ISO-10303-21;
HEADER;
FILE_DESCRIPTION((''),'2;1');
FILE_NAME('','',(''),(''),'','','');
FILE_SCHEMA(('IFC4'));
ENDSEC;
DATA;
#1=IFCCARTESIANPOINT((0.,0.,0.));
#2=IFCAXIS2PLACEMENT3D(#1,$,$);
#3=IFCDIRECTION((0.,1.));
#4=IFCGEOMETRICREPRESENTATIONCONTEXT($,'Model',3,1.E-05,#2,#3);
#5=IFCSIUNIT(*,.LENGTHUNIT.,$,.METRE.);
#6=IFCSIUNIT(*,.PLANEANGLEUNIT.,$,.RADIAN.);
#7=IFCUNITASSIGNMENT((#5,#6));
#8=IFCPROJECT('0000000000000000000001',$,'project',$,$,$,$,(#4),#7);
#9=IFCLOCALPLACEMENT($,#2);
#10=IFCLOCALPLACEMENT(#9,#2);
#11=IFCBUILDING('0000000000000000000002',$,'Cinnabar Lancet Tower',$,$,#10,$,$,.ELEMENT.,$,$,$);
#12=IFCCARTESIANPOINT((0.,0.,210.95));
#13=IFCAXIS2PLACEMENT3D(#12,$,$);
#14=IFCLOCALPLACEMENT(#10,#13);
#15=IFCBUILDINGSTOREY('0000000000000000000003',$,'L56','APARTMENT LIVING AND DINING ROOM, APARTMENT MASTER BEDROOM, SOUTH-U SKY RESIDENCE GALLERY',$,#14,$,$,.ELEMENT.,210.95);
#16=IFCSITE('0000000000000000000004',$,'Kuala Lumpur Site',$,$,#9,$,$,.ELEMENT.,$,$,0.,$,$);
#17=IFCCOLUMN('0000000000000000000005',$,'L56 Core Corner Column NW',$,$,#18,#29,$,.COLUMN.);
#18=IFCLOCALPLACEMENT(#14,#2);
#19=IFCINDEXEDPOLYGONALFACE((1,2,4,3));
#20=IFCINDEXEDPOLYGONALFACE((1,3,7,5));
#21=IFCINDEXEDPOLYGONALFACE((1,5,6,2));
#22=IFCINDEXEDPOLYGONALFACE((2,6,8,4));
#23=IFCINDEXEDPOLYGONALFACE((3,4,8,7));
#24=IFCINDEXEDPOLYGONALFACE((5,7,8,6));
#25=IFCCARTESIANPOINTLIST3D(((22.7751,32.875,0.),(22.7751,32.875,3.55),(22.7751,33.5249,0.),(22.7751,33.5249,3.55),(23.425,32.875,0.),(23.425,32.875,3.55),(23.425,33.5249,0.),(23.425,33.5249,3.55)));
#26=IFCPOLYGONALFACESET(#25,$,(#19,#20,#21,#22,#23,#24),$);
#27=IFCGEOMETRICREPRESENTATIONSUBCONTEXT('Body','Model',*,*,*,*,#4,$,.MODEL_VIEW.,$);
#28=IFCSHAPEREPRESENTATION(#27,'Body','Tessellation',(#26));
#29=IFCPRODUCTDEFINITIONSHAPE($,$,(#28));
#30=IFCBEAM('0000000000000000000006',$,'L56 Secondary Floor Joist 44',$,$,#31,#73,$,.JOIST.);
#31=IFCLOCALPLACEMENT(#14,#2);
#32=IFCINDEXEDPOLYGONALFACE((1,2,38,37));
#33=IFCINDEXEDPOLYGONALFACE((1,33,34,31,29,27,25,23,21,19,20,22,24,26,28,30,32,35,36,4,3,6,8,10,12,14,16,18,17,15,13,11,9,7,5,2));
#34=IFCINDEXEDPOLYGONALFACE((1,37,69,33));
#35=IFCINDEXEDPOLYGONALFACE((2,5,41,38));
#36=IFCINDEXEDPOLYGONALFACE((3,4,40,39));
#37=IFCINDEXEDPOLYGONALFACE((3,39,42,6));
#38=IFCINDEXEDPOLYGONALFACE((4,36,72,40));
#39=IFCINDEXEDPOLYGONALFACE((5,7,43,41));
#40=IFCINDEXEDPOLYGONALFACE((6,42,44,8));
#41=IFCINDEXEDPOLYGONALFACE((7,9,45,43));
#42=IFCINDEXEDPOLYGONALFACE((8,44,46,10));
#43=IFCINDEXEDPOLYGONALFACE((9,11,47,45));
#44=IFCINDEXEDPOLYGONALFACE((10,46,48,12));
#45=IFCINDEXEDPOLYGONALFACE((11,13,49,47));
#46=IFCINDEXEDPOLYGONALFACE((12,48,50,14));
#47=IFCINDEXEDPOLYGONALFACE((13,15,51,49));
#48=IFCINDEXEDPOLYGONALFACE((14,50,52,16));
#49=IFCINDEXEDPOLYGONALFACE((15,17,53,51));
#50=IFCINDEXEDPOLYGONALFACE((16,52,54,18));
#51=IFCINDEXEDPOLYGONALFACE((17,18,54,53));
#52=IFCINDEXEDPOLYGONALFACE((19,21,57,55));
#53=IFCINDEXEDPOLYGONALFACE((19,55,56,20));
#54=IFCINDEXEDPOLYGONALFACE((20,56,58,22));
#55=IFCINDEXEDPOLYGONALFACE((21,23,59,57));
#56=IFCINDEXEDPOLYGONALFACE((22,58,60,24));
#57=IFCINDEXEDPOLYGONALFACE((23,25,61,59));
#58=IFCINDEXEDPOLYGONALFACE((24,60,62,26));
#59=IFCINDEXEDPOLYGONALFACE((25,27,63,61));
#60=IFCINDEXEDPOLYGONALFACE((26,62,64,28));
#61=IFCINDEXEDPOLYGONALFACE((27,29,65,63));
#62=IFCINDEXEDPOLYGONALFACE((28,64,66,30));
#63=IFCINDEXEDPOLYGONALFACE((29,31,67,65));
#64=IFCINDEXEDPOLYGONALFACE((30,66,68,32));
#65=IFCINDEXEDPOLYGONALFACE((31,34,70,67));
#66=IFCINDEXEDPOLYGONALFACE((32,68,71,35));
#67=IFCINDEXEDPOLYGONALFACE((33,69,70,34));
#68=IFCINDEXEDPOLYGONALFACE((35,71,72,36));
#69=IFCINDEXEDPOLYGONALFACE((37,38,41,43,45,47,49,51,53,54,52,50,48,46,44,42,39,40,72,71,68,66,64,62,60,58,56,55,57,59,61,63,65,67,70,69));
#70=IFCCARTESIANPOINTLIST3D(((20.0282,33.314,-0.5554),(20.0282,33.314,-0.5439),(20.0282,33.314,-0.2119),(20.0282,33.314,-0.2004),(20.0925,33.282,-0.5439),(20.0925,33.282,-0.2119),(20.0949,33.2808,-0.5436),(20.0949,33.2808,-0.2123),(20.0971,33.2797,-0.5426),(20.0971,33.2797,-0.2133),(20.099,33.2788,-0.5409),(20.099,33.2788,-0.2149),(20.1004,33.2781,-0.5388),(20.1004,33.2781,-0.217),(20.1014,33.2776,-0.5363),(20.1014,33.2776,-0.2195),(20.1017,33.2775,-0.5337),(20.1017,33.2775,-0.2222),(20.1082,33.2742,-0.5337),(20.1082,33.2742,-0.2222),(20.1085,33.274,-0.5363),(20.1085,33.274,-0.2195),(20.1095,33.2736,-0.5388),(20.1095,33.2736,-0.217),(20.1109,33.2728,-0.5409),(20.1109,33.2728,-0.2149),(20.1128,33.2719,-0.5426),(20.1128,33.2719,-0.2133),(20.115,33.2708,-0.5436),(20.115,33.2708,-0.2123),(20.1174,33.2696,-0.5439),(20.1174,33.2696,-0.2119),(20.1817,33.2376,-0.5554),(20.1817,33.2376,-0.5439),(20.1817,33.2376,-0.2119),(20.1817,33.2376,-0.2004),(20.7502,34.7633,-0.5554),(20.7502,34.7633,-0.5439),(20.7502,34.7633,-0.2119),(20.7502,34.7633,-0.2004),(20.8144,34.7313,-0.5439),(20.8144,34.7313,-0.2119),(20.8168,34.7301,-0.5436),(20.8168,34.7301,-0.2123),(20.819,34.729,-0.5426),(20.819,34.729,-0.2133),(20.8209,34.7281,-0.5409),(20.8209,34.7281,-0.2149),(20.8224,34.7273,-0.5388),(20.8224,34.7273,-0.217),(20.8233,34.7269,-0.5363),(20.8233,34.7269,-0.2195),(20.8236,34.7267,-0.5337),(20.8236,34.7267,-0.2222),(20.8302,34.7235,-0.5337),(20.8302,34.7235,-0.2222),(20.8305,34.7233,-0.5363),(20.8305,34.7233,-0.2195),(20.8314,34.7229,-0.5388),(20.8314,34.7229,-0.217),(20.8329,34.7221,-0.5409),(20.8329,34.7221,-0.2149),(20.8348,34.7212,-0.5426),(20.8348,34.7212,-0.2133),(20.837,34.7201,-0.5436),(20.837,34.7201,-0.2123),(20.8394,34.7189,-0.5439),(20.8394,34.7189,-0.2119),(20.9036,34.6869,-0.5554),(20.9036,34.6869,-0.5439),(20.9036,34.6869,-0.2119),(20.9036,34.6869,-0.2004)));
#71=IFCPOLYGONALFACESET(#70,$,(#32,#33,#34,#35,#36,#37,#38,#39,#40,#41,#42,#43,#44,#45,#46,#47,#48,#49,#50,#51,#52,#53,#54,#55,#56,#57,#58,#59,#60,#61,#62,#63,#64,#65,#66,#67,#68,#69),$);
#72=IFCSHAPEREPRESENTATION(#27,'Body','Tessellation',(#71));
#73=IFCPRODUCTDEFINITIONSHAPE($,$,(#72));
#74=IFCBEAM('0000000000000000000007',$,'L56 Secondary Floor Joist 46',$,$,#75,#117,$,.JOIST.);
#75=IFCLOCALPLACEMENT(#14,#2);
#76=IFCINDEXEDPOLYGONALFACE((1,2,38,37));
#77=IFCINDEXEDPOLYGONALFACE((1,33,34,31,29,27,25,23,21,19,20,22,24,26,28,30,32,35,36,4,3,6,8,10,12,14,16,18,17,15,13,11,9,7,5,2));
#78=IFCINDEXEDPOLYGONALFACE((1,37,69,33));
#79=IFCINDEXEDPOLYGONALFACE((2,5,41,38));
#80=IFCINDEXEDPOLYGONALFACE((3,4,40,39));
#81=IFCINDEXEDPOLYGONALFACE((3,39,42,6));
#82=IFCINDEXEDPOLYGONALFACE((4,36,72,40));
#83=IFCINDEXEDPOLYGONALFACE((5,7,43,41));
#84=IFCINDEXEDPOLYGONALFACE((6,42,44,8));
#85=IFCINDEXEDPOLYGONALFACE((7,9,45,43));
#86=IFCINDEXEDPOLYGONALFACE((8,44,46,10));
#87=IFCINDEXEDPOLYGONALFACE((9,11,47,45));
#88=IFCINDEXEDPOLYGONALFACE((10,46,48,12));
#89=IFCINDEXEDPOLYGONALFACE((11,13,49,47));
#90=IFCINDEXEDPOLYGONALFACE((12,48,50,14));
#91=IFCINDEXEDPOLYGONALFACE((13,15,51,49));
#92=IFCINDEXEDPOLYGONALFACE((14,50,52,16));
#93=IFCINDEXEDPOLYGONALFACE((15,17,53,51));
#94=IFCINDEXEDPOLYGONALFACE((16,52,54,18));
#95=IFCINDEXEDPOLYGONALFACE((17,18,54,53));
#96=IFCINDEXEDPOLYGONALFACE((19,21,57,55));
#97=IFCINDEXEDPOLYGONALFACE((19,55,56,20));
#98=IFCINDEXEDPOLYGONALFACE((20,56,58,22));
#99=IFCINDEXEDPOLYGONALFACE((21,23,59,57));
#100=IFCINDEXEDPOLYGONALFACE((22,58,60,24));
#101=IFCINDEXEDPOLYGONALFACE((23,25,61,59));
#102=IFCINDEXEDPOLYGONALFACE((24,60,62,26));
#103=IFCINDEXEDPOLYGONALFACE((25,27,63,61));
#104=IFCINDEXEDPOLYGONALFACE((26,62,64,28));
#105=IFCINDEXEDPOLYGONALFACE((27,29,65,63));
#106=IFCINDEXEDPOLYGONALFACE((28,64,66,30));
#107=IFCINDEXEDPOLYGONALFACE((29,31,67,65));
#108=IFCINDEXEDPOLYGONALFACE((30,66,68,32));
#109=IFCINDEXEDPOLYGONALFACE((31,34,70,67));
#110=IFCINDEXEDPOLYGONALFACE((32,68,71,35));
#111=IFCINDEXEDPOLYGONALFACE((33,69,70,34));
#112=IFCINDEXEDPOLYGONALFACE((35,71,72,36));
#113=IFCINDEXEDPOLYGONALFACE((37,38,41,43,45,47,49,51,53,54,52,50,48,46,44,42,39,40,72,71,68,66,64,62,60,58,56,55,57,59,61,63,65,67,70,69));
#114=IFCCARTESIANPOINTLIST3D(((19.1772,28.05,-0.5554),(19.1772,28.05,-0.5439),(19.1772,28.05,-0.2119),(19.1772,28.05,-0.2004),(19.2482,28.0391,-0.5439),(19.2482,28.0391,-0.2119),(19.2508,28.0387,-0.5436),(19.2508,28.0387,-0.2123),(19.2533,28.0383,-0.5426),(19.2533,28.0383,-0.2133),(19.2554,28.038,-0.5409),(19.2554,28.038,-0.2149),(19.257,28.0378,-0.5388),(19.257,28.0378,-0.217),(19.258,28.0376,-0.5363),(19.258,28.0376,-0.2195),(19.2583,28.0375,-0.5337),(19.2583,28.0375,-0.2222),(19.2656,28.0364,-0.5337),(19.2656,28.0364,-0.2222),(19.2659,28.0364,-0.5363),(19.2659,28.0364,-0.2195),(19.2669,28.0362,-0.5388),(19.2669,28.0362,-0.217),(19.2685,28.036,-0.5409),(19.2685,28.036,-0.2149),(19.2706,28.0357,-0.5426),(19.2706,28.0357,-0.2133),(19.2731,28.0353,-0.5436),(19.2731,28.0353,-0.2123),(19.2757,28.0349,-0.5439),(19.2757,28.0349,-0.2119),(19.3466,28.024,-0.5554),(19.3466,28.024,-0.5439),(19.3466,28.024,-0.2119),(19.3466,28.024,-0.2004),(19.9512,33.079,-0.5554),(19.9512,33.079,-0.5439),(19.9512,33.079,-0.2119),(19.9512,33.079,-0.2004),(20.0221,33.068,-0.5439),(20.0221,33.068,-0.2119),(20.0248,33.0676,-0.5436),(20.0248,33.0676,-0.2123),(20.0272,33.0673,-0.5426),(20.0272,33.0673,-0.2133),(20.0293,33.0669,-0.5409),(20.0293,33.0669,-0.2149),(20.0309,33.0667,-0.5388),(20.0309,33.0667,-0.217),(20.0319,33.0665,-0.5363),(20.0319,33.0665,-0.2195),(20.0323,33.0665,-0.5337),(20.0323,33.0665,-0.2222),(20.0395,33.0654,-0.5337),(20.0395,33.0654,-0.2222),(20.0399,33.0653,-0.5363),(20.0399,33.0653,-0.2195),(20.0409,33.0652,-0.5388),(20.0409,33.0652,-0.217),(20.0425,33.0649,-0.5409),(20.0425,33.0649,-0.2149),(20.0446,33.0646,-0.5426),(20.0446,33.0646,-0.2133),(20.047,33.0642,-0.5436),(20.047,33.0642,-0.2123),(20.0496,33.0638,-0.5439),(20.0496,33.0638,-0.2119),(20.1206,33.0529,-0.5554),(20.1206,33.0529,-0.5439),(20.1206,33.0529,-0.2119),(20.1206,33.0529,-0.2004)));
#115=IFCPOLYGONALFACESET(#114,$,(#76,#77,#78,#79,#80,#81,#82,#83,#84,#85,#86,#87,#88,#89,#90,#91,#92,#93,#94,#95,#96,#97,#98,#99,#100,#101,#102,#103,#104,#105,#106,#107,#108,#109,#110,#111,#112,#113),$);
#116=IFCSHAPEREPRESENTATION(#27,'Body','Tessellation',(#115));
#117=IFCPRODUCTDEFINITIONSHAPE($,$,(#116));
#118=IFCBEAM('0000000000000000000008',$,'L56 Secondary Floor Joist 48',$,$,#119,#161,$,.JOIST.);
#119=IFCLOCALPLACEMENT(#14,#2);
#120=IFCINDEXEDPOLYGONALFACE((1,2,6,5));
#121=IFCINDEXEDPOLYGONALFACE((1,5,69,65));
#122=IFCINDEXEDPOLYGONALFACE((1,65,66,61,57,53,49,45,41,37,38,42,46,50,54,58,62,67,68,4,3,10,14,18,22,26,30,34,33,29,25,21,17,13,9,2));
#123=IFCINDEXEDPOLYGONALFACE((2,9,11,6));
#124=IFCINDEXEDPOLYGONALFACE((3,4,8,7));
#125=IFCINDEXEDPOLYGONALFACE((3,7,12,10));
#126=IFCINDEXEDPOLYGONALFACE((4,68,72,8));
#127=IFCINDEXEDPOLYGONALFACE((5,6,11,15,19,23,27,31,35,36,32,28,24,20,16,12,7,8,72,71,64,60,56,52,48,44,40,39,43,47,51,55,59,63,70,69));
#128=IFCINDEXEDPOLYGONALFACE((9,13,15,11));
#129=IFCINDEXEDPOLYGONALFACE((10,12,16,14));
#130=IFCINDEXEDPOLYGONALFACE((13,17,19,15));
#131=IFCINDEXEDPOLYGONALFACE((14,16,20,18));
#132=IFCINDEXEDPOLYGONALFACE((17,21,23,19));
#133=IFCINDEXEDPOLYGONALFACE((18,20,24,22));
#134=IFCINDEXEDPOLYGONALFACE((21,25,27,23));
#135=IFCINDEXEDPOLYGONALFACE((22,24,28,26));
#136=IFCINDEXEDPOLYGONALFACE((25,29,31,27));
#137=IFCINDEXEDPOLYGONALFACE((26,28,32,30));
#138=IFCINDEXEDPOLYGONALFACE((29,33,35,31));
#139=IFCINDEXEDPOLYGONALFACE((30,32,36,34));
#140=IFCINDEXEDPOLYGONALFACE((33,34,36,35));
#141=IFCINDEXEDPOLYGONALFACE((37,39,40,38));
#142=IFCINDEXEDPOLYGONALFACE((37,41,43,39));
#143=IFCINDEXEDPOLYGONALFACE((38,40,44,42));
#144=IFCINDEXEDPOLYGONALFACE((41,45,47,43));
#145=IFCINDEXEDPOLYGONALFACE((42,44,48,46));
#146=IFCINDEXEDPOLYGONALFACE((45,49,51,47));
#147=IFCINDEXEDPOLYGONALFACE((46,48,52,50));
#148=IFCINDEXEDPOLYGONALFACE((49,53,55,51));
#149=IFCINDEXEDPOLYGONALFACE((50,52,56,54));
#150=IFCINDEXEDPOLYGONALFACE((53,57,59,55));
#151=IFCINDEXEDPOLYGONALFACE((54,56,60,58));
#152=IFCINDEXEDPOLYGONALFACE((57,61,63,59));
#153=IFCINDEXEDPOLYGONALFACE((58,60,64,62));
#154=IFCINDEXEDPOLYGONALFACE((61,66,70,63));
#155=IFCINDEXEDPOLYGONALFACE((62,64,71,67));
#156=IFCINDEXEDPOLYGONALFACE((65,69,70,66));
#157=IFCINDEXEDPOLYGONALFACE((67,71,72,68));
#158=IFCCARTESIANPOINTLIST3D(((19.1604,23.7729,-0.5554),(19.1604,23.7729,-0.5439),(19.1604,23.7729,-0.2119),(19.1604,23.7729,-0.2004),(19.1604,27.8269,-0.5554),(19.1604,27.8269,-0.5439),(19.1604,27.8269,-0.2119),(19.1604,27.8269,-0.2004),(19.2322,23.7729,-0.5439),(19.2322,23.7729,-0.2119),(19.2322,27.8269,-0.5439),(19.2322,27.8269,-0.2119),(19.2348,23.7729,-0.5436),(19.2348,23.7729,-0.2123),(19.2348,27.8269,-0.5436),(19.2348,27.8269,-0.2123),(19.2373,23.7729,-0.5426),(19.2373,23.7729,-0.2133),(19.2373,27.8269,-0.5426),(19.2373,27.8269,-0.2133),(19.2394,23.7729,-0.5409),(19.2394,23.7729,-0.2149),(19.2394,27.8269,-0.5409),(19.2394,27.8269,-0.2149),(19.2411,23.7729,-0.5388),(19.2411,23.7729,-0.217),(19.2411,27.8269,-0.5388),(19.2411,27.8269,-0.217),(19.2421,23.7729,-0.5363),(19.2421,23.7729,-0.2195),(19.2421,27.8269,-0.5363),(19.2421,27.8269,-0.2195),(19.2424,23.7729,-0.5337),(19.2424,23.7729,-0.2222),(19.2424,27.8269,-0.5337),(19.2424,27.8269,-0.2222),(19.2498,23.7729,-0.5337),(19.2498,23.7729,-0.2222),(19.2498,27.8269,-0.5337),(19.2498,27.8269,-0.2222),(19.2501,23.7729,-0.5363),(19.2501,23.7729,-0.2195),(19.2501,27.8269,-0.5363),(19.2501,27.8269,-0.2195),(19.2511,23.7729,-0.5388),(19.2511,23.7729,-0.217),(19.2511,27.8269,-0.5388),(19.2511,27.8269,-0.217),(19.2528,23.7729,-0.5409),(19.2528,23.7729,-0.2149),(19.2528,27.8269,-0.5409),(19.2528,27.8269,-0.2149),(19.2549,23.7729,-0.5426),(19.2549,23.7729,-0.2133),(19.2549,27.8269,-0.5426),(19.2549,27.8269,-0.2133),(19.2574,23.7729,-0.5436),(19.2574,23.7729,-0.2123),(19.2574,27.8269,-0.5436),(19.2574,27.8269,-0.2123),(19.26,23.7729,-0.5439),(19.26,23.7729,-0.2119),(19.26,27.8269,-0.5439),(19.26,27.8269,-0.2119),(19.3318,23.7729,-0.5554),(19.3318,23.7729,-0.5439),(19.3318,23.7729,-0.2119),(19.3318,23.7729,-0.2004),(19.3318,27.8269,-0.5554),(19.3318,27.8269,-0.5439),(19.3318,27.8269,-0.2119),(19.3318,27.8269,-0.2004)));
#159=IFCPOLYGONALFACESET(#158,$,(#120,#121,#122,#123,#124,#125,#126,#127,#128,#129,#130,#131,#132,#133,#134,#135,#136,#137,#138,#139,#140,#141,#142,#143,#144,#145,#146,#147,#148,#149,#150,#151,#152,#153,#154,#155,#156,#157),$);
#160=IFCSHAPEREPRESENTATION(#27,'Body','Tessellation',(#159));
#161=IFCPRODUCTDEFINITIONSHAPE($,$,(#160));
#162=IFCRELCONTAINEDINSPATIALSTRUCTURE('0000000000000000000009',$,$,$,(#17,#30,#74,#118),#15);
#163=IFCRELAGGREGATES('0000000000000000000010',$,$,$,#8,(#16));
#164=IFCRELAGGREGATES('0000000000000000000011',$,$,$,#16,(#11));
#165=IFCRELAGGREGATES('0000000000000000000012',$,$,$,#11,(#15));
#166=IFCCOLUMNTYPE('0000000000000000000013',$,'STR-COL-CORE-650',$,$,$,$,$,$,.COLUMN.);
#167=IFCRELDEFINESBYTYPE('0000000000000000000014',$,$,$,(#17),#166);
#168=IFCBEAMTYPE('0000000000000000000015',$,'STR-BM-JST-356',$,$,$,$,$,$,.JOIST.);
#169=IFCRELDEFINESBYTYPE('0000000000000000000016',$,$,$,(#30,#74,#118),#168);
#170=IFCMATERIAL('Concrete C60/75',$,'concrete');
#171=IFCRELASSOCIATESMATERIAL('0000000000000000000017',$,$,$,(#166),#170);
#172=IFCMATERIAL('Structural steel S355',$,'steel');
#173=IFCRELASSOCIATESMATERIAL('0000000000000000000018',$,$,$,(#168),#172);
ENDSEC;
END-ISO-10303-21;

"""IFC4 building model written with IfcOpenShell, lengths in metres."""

from ifc_helpers import new_model, si_unit, direction, frame, origin, origin_2d, place, context, subcontext, project, spatial, rectangle, i_section, extrude, material, material_profile, profile_set, type_object, element, save


model = new_model("IFC4")

# Units and contexts
model_context = context("Model", 3, precision=1e-05, world=origin(), true_north=direction((0.0, 1.0)))
body_context = subcontext(model_context, "Body", "Model", "MODEL_VIEW")
ifc_project = project(units=[si_unit("LENGTHUNIT", "METRE"), si_unit("PLANEANGLEUNIT", "RADIAN")], contexts=[model_context])

# Site, building, storey
site_placement = place(None, origin())
site = spatial("IfcSite", under=ifc_project, at=site_placement, Name="Kuala Lumpur Site", CompositionType="ELEMENT", RefElevation=0.0)
building_placement = place(site_placement, origin())
building = spatial("IfcBuilding", under=site, at=building_placement, Name="Cinnabar Lancet Tower", CompositionType="ELEMENT")
storey_placement = place(building_placement, frame((0.0, 0.0, 210.95)))
storey = spatial("IfcBuildingStorey", under=building, at=storey_placement, Name="L56", Description="APARTMENT LIVING AND DINING ROOM, APARTMENT MASTER BEDROOM, SOUTH-U SKY RESIDENCE GALLERY", CompositionType="ELEMENT", Elevation=210.95)

# Column
ifc_material_1 = material(Name="Concrete C60/75", Category="concrete")
ifc_material_profile_1 = material_profile(ifc_material_1, rectangle(XDim=0.6499, YDim=0.6499, at=origin_2d()), Name="RC-COL 650x650")
ifc_profile_set_1 = profile_set([ifc_material_profile_1], Name="Concrete C60/75")
column_type = type_object("IfcColumnType", Name="STR-COL-CORE-650", PredefinedType="COLUMN", material=ifc_profile_set_1)
column_placement = place(storey_placement, frame((23.1001, 33.2, 0.0), z_axis=(0.0, 0.0, 1.0), x_axis=(1.0, 0.0, 0.0)))
element("IfcColumn", 1, at=column_placement, inside=storey, type_object=column_type, Name="L56 Core Corner Column NW", PredefinedType="COLUMN", context=body_context, shape_type="SweptSolid", body=[
    extrude(rectangle(XDim=0.6499, YDim=0.6499, at=origin_2d()), origin(), (0.0, 0.0, 1.0), 3.55),
])

# Beams
ifc_material_2 = material(Name="Structural steel S355", Category="steel")
ifc_material_profile_2 = material_profile(ifc_material_2, i_section(OverallWidth=0.1714, OverallDepth=0.355, WebThickness=0.0073, FlangeThickness=0.0115, FilletRadius=0.0103, at=origin_2d()), Name="UKB 356x171x51")
ifc_profile_set_2 = profile_set([ifc_material_profile_2], Name="Structural steel S355")
beam_type_1 = type_object("IfcBeamType", Name="STR-BM-JST-356", PredefinedType="JOIST", material=ifc_profile_set_2)
beam_1_placement = place(storey_placement, frame((20.8269, 34.7251, -0.3779), z_axis=(-0.445886, -0.89509, 0.0), x_axis=(0.89509, -0.445886, 0.0)))
element("IfcBeam", 2, at=beam_1_placement, inside=storey, type_object=beam_type_1, Name="L56 Secondary Floor Joist 44", PredefinedType="JOIST", context=body_context, shape_type="SweptSolid", body=[
    extrude(i_section(OverallWidth=0.1714, OverallDepth=0.355, WebThickness=0.0073, FlangeThickness=0.0115, FilletRadius=0.0103, at=origin_2d()), origin(), (0.0, 0.0, 1.0), 1.6191),
])
beam_2_placement = place(storey_placement, frame((20.0359, 33.0659, -0.3779), z_axis=(-0.152108, -0.988364, 0.0), x_axis=(0.988364, -0.152108, 0.0)))
element("IfcBeam", 3, at=beam_2_placement, inside=storey, type_object=beam_type_1, Name="L56 Secondary Floor Joist 46", PredefinedType="JOIST", context=body_context, shape_type="SweptSolid", body=[
    extrude(i_section(OverallWidth=0.1714, OverallDepth=0.355, WebThickness=0.0073, FlangeThickness=0.0115, FilletRadius=0.0103, at=origin_2d()), origin(), (0.0, 0.0, 1.0), 5.0881),
])
beam_3_placement = place(storey_placement, frame((19.2461, 27.8269, -0.3779), z_axis=(0.0, -1.0, 0.0), x_axis=(1.0, 0.0, 0.0)))
element("IfcBeam", 4, at=beam_3_placement, inside=storey, type_object=beam_type_1, Name="L56 Secondary Floor Joist 48", PredefinedType="JOIST", context=body_context, shape_type="SweptSolid", body=[
    extrude(i_section(OverallWidth=0.1714, OverallDepth=0.355, WebThickness=0.0073, FlangeThickness=0.0115, FilletRadius=0.0103, at=origin_2d()), origin(), (0.0, 0.0, 1.0), 4.054),
])

save(model, "model.ifc")
